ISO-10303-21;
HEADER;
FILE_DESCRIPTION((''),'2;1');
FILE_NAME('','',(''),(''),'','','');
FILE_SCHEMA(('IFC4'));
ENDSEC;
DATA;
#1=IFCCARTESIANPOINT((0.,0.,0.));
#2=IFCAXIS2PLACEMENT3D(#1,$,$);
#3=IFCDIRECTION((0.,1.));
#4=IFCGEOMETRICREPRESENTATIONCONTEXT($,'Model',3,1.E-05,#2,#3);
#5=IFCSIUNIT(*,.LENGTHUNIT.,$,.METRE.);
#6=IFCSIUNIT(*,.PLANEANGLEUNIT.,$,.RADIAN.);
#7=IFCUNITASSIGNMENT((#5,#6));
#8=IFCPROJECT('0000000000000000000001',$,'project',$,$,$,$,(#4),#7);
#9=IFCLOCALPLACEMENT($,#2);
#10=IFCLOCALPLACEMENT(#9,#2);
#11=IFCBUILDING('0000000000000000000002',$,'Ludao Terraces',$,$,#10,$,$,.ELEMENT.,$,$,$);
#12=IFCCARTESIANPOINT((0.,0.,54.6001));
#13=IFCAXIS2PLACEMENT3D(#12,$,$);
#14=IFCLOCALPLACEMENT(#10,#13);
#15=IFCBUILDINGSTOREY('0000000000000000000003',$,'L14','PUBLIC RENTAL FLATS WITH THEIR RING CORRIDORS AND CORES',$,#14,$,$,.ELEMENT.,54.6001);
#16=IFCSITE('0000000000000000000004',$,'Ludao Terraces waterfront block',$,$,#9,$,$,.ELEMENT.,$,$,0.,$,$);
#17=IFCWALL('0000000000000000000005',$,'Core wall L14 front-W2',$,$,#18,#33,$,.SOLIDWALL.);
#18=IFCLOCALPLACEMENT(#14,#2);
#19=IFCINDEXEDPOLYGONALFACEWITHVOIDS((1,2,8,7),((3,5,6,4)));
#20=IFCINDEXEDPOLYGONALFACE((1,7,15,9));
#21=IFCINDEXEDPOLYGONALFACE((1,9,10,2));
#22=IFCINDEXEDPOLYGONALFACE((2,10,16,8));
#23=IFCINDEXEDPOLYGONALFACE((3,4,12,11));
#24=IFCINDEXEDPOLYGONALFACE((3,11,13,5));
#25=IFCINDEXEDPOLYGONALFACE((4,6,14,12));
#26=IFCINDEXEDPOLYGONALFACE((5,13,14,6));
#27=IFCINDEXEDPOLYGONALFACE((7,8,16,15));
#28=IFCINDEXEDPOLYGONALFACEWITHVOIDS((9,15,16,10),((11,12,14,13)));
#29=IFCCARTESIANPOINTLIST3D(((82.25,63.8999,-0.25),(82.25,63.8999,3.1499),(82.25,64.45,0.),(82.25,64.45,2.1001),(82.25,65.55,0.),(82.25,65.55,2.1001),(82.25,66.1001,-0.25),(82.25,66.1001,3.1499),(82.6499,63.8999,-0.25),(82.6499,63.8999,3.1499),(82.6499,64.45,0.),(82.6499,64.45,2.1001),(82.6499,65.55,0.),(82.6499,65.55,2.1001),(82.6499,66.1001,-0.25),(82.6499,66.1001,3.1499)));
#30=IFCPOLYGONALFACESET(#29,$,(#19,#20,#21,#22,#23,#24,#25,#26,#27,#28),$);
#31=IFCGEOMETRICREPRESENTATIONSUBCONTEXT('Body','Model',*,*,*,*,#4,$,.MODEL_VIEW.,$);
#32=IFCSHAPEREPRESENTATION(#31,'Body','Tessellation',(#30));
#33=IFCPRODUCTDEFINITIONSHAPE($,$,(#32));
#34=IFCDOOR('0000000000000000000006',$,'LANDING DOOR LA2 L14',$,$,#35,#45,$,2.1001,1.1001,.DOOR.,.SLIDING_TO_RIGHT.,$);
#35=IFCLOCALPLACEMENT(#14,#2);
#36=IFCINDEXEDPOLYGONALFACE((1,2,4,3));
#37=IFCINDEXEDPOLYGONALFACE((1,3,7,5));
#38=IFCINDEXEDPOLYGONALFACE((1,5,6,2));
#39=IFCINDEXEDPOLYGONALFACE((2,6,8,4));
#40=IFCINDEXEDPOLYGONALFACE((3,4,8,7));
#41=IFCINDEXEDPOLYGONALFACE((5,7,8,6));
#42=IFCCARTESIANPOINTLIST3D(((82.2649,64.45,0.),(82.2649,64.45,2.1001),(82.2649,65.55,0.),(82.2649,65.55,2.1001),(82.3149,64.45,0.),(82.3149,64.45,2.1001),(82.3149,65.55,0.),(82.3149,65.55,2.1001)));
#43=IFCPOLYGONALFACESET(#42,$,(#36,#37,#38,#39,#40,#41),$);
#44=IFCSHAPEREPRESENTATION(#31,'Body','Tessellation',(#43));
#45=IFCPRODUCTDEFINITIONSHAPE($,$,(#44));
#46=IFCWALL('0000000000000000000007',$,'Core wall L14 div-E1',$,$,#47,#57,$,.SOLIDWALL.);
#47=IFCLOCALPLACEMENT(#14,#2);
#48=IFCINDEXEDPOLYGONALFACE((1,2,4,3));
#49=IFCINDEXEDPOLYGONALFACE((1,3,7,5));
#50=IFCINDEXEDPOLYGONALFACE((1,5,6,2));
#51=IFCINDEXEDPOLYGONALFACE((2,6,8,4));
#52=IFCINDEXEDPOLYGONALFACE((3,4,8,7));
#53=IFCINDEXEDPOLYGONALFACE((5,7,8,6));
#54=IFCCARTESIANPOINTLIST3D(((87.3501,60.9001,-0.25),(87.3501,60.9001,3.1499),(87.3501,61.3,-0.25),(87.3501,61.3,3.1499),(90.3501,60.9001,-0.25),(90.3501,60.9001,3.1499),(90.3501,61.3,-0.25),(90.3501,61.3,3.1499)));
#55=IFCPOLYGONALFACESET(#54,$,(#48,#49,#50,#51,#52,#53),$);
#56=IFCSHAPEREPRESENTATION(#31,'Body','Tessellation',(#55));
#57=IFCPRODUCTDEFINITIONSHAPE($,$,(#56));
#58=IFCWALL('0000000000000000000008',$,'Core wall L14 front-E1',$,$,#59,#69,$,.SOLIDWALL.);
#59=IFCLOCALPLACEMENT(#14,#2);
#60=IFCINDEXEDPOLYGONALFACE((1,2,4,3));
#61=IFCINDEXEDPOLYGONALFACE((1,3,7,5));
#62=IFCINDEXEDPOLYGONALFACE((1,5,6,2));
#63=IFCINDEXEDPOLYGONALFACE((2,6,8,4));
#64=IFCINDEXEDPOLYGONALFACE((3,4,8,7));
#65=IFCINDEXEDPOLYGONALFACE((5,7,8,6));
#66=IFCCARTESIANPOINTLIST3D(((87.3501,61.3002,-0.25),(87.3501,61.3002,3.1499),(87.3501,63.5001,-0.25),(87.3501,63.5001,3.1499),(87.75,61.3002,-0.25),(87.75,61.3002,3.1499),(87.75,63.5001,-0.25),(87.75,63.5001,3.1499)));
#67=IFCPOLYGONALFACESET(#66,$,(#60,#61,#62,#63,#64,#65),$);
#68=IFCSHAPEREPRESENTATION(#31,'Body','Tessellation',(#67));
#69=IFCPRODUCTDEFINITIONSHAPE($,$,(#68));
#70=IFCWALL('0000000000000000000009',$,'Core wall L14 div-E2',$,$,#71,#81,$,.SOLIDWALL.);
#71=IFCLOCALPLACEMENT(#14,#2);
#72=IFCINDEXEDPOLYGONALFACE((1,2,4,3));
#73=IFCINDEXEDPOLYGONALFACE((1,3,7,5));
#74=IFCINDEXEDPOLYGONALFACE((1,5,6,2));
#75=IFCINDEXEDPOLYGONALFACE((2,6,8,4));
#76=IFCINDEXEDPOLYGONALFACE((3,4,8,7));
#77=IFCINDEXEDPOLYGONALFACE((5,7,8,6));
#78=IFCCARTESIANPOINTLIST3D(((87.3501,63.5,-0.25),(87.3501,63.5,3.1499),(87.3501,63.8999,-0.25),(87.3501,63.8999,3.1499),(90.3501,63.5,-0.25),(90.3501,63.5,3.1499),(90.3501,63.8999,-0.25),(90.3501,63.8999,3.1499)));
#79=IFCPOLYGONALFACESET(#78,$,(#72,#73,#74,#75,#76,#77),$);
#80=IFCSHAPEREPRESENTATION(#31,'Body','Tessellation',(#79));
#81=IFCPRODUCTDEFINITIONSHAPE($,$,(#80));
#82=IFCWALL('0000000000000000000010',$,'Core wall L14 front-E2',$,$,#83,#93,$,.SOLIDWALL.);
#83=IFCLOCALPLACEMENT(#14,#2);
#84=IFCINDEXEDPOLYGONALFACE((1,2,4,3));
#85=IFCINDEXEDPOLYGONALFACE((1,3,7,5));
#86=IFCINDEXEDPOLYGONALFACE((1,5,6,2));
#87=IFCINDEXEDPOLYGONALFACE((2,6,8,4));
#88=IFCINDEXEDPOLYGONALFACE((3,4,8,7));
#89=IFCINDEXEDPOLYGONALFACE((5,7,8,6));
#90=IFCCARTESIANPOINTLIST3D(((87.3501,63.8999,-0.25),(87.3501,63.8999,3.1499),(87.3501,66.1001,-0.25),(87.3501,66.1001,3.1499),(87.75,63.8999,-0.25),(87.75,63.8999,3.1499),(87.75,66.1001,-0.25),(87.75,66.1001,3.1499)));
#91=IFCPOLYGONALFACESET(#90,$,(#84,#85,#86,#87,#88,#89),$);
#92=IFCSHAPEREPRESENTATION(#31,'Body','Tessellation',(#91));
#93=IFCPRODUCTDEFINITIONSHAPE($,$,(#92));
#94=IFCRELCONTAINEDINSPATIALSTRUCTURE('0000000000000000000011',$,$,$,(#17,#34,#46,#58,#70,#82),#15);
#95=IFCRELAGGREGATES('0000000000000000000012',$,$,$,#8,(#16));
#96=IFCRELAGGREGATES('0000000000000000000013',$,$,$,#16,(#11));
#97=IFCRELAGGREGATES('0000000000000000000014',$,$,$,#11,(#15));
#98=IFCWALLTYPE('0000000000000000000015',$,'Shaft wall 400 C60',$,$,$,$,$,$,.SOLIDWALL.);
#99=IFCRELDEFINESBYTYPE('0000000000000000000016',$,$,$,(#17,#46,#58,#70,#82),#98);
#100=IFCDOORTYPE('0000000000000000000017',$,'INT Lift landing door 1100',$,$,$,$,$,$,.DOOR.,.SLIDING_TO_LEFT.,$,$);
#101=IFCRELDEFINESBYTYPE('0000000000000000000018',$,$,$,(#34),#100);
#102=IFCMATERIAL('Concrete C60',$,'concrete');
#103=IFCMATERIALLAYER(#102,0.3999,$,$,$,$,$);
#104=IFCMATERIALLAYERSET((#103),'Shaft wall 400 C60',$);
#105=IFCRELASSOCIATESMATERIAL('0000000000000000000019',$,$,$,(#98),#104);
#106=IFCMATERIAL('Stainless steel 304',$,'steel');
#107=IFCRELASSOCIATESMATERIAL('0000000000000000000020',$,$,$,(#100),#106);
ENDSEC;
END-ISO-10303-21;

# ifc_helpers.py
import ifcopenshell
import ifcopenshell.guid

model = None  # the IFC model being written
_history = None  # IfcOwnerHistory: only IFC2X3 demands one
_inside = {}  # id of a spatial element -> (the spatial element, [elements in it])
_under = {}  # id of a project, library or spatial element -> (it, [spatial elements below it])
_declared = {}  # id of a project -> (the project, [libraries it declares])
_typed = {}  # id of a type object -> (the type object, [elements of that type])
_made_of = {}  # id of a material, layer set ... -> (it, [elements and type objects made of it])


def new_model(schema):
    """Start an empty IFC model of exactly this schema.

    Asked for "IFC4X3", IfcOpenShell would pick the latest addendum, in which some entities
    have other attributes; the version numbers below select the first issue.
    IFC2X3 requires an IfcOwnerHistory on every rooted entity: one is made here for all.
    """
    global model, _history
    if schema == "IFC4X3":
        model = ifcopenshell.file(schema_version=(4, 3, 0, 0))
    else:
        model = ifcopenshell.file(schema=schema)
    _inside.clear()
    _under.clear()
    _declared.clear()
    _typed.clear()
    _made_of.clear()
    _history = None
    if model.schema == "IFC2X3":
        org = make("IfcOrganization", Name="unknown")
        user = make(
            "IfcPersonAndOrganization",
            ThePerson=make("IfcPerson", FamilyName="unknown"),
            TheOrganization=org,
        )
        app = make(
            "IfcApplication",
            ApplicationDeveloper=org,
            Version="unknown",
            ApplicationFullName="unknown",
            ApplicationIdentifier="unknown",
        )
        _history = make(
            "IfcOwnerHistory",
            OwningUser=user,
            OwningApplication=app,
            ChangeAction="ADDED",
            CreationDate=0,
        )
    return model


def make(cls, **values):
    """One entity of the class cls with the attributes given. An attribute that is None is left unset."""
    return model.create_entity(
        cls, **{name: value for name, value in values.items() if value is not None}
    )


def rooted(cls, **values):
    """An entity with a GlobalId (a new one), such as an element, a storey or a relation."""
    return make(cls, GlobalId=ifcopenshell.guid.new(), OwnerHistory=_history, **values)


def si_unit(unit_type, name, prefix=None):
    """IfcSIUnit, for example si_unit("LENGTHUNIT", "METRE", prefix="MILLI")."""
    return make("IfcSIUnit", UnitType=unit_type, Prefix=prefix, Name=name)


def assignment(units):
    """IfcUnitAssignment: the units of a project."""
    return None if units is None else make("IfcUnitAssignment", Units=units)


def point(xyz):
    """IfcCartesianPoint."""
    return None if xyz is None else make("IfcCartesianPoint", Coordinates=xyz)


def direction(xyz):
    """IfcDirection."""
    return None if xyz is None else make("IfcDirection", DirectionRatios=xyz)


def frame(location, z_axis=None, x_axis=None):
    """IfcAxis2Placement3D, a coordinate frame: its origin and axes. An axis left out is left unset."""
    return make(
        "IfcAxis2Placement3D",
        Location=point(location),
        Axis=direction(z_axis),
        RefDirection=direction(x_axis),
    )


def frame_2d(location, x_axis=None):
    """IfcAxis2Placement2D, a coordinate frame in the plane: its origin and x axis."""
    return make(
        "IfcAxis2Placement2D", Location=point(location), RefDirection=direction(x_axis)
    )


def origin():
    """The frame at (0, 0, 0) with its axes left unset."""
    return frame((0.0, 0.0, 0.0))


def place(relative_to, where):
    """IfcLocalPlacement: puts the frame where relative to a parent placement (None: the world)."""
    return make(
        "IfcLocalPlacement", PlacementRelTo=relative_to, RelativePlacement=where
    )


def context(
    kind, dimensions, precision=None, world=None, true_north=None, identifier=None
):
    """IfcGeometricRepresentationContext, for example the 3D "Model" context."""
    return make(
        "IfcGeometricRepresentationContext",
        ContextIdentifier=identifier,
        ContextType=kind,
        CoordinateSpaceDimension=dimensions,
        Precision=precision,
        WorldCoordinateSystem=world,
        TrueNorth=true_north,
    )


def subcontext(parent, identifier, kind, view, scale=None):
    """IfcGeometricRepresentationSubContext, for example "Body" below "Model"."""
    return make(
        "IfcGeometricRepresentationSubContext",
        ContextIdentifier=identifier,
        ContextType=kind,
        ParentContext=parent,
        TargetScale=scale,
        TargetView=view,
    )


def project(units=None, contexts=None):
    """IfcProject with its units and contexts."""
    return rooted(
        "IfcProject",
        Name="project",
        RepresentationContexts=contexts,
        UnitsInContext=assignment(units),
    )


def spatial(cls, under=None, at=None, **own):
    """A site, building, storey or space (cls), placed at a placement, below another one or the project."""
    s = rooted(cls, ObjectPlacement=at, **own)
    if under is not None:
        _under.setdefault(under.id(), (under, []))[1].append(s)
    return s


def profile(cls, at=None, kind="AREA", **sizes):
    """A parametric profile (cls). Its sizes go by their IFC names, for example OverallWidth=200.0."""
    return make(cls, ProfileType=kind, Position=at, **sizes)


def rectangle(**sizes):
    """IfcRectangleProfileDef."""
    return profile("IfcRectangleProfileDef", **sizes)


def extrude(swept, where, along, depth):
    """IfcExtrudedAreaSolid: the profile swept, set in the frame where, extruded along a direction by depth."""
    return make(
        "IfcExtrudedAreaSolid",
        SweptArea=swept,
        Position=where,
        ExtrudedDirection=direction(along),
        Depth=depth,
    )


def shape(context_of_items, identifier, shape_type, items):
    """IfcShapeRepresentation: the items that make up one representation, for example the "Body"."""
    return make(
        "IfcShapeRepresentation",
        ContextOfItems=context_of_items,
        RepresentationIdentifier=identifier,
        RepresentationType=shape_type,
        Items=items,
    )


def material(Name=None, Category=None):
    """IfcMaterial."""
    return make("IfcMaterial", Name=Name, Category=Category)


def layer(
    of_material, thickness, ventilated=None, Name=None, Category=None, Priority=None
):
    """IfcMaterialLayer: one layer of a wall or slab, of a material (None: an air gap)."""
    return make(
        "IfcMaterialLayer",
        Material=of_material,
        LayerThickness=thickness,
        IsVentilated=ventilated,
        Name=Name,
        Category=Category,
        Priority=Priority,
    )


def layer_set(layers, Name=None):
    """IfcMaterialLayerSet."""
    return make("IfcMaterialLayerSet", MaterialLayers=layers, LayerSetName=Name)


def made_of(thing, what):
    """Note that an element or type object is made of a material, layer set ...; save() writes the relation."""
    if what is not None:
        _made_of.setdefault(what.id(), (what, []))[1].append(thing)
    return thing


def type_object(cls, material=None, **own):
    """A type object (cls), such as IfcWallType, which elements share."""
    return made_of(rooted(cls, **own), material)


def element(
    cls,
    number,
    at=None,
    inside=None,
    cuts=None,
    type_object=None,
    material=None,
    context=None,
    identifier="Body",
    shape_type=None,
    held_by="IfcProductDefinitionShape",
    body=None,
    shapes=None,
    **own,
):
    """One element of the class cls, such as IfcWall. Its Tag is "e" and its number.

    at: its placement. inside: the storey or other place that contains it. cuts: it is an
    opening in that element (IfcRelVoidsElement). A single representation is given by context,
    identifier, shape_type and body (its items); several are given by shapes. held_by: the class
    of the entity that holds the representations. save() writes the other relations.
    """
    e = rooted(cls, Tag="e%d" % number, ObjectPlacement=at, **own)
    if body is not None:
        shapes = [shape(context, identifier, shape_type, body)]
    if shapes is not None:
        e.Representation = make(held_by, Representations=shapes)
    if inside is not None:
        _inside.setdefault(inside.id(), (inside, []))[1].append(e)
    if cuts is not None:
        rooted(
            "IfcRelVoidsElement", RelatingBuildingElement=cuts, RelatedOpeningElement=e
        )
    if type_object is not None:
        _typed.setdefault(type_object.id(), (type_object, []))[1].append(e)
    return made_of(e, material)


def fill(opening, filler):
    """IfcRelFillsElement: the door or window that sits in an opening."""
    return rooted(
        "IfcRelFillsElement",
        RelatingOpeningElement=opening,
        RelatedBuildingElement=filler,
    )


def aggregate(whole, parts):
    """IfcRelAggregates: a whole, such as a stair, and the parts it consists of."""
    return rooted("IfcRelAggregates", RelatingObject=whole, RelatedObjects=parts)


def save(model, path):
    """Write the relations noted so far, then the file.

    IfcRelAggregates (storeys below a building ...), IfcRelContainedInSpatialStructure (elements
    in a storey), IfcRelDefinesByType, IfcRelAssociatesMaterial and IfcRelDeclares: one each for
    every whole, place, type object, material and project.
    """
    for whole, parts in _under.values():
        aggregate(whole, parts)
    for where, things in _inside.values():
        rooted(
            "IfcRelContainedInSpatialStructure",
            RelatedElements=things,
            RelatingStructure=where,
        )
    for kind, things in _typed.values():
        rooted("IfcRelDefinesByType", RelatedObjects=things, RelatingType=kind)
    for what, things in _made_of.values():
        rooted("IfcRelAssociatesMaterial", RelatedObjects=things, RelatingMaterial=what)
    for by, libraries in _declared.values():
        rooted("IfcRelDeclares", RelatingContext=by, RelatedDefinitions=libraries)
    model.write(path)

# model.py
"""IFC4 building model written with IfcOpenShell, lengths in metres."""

from ifc_helpers import new_model, si_unit, direction, frame, frame_2d, origin, place, context, subcontext, project, spatial, rectangle, extrude, material, layer, layer_set, type_object, element, fill, save


model = new_model("IFC4")

# Units and contexts
model_context = context("Model", 3, precision=1e-05, world=origin(), true_north=direction((0.0, 1.0)))
body_context = subcontext(model_context, "Body", "Model", "MODEL_VIEW")
ifc_project = project(units=[si_unit("LENGTHUNIT", "METRE"), si_unit("PLANEANGLEUNIT", "RADIAN")], contexts=[model_context])

# Site, building, storey
site_placement = place(None, origin())
site = spatial("IfcSite", under=ifc_project, at=site_placement, Name="Ludao Terraces waterfront block", CompositionType="ELEMENT", RefElevation=0.0)
building_placement = place(site_placement, origin())
building = spatial("IfcBuilding", under=site, at=building_placement, Name="Ludao Terraces", CompositionType="ELEMENT")
storey_placement = place(building_placement, frame((0.0, 0.0, 54.6001)))
storey = spatial("IfcBuildingStorey", under=building, at=storey_placement, Name="L14", Description="PUBLIC RENTAL FLATS WITH THEIR RING CORRIDORS AND CORES", CompositionType="ELEMENT", Elevation=54.6001)

# Shared definitions
ifc_material_1 = material(Name="Concrete C60", Category="concrete")
ifc_layer_1 = layer(ifc_material_1, 0.3999)
ifc_layer_set_1 = layer_set([ifc_layer_1], Name="Shaft wall 400 C60")
wall_type_1 = type_object("IfcWallType", Name="Shaft wall 400 C60", PredefinedType="SOLIDWALL", material=ifc_layer_set_1)

# Wall, opening, door
ifc_material_2 = material(Name="Stainless steel 304", Category="steel")
door_type_1 = type_object("IfcDoorType", Name="INT Lift landing door 1100", OperationType="SLIDING_TO_LEFT", PredefinedType="DOOR", material=ifc_material_2)
wall_1_placement = place(storey_placement, frame((82.45, 63.8999, -0.25), z_axis=(0.0, 0.0, 1.0), x_axis=(0.0, 1.0, 0.0)))
wall_1 = element("IfcWall", 1, at=wall_1_placement, inside=storey, type_object=wall_type_1, Name="Core wall L14 front-W2", PredefinedType="SOLIDWALL", context=body_context, shape_type="SweptSolid", body=[
    extrude(rectangle(XDim=2.2002, YDim=0.3999, at=frame_2d((1.1001, 0.0))), origin(), (0.0, 0.0, 1.0), 3.3999),
])
opening_1_placement = place(wall_1_placement, frame((0.55, 0.0, 0.25)))
opening_1 = element("IfcOpeningElement", 2, at=opening_1_placement, cuts=wall_1, PredefinedType="OPENING", context=body_context, shape_type="SweptSolid", body=[
    extrude(rectangle(XDim=1.1001, YDim=2.1001, at=frame_2d((0.55, 1.05))), frame((0.0, 0.21, 0.0), z_axis=(0.0, -1.0, 0.0), x_axis=(1.0, 0.0, 0.0)), (0.0, 0.0, 1.0), 0.4199),
])
door_1_placement = place(opening_1_placement, origin())
door_1 = element("IfcDoor", 3, at=door_1_placement, inside=storey, type_object=door_type_1, Name="LANDING DOOR LA2 L14", OperationType="SLIDING_TO_RIGHT", OverallHeight=2.1001, OverallWidth=1.1001, PredefinedType="DOOR", context=body_context, shape_type="SweptSolid", body=[
    extrude(rectangle(XDim=1.1001, YDim=2.1001, at=frame_2d((0.55, 1.05))), frame((0.0, 0.1851, 0.0), z_axis=(0.0, -1.0, 0.0), x_axis=(1.0, 0.0, 0.0)), (0.0, 0.0, 1.0), 0.05),
])
fill(opening_1, door_1)

# Walls
wall_2_placement = place(storey_placement, frame((87.3501, 61.1001, -0.25), z_axis=(0.0, 0.0, 1.0), x_axis=(1.0, 0.0, 0.0)))
element("IfcWall", 4, at=wall_2_placement, inside=storey, type_object=wall_type_1, Name="Core wall L14 div-E1", PredefinedType="SOLIDWALL", context=body_context, shape_type="SweptSolid", body=[
    extrude(rectangle(XDim=3.0, YDim=0.3999, at=frame_2d((1.5, 0.0))), origin(), (0.0, 0.0, 1.0), 3.3999),
])
wall_3_placement = place(storey_placement, frame((87.55, 61.3, -0.25), z_axis=(0.0, 0.0, 1.0), x_axis=(0.0, 1.0, 0.0)))
element("IfcWall", 5, at=wall_3_placement, inside=storey, type_object=wall_type_1, Name="Core wall L14 front-E1", PredefinedType="SOLIDWALL", context=body_context, shape_type="SweptSolid", body=[
    extrude(rectangle(XDim=2.2, YDim=0.3999, at=frame_2d((1.1001, 0.0))), origin(), (0.0, 0.0, 1.0), 3.3999),
])
wall_4_placement = place(storey_placement, frame((87.3501, 63.7, -0.25), z_axis=(0.0, 0.0, 1.0), x_axis=(1.0, 0.0, 0.0)))
element("IfcWall", 6, at=wall_4_placement, inside=storey, type_object=wall_type_1, Name="Core wall L14 div-E2", PredefinedType="SOLIDWALL", context=body_context, shape_type="SweptSolid", body=[
    extrude(rectangle(XDim=3.0, YDim=0.3999, at=frame_2d((1.5, 0.0))), origin(), (0.0, 0.0, 1.0), 3.3999),
])
wall_5_placement = place(storey_placement, frame((87.55, 63.8999, -0.25), z_axis=(0.0, 0.0, 1.0), x_axis=(0.0, 1.0, 0.0)))
element("IfcWall", 7, at=wall_5_placement, inside=storey, type_object=wall_type_1, Name="Core wall L14 front-E2", PredefinedType="SOLIDWALL", context=body_context, shape_type="SweptSolid", body=[
    extrude(rectangle(XDim=2.2002, YDim=0.3999, at=frame_2d((1.1001, 0.0))), origin(), (0.0, 0.0, 1.0), 3.3999),
])

save(model, "model.ifc")
